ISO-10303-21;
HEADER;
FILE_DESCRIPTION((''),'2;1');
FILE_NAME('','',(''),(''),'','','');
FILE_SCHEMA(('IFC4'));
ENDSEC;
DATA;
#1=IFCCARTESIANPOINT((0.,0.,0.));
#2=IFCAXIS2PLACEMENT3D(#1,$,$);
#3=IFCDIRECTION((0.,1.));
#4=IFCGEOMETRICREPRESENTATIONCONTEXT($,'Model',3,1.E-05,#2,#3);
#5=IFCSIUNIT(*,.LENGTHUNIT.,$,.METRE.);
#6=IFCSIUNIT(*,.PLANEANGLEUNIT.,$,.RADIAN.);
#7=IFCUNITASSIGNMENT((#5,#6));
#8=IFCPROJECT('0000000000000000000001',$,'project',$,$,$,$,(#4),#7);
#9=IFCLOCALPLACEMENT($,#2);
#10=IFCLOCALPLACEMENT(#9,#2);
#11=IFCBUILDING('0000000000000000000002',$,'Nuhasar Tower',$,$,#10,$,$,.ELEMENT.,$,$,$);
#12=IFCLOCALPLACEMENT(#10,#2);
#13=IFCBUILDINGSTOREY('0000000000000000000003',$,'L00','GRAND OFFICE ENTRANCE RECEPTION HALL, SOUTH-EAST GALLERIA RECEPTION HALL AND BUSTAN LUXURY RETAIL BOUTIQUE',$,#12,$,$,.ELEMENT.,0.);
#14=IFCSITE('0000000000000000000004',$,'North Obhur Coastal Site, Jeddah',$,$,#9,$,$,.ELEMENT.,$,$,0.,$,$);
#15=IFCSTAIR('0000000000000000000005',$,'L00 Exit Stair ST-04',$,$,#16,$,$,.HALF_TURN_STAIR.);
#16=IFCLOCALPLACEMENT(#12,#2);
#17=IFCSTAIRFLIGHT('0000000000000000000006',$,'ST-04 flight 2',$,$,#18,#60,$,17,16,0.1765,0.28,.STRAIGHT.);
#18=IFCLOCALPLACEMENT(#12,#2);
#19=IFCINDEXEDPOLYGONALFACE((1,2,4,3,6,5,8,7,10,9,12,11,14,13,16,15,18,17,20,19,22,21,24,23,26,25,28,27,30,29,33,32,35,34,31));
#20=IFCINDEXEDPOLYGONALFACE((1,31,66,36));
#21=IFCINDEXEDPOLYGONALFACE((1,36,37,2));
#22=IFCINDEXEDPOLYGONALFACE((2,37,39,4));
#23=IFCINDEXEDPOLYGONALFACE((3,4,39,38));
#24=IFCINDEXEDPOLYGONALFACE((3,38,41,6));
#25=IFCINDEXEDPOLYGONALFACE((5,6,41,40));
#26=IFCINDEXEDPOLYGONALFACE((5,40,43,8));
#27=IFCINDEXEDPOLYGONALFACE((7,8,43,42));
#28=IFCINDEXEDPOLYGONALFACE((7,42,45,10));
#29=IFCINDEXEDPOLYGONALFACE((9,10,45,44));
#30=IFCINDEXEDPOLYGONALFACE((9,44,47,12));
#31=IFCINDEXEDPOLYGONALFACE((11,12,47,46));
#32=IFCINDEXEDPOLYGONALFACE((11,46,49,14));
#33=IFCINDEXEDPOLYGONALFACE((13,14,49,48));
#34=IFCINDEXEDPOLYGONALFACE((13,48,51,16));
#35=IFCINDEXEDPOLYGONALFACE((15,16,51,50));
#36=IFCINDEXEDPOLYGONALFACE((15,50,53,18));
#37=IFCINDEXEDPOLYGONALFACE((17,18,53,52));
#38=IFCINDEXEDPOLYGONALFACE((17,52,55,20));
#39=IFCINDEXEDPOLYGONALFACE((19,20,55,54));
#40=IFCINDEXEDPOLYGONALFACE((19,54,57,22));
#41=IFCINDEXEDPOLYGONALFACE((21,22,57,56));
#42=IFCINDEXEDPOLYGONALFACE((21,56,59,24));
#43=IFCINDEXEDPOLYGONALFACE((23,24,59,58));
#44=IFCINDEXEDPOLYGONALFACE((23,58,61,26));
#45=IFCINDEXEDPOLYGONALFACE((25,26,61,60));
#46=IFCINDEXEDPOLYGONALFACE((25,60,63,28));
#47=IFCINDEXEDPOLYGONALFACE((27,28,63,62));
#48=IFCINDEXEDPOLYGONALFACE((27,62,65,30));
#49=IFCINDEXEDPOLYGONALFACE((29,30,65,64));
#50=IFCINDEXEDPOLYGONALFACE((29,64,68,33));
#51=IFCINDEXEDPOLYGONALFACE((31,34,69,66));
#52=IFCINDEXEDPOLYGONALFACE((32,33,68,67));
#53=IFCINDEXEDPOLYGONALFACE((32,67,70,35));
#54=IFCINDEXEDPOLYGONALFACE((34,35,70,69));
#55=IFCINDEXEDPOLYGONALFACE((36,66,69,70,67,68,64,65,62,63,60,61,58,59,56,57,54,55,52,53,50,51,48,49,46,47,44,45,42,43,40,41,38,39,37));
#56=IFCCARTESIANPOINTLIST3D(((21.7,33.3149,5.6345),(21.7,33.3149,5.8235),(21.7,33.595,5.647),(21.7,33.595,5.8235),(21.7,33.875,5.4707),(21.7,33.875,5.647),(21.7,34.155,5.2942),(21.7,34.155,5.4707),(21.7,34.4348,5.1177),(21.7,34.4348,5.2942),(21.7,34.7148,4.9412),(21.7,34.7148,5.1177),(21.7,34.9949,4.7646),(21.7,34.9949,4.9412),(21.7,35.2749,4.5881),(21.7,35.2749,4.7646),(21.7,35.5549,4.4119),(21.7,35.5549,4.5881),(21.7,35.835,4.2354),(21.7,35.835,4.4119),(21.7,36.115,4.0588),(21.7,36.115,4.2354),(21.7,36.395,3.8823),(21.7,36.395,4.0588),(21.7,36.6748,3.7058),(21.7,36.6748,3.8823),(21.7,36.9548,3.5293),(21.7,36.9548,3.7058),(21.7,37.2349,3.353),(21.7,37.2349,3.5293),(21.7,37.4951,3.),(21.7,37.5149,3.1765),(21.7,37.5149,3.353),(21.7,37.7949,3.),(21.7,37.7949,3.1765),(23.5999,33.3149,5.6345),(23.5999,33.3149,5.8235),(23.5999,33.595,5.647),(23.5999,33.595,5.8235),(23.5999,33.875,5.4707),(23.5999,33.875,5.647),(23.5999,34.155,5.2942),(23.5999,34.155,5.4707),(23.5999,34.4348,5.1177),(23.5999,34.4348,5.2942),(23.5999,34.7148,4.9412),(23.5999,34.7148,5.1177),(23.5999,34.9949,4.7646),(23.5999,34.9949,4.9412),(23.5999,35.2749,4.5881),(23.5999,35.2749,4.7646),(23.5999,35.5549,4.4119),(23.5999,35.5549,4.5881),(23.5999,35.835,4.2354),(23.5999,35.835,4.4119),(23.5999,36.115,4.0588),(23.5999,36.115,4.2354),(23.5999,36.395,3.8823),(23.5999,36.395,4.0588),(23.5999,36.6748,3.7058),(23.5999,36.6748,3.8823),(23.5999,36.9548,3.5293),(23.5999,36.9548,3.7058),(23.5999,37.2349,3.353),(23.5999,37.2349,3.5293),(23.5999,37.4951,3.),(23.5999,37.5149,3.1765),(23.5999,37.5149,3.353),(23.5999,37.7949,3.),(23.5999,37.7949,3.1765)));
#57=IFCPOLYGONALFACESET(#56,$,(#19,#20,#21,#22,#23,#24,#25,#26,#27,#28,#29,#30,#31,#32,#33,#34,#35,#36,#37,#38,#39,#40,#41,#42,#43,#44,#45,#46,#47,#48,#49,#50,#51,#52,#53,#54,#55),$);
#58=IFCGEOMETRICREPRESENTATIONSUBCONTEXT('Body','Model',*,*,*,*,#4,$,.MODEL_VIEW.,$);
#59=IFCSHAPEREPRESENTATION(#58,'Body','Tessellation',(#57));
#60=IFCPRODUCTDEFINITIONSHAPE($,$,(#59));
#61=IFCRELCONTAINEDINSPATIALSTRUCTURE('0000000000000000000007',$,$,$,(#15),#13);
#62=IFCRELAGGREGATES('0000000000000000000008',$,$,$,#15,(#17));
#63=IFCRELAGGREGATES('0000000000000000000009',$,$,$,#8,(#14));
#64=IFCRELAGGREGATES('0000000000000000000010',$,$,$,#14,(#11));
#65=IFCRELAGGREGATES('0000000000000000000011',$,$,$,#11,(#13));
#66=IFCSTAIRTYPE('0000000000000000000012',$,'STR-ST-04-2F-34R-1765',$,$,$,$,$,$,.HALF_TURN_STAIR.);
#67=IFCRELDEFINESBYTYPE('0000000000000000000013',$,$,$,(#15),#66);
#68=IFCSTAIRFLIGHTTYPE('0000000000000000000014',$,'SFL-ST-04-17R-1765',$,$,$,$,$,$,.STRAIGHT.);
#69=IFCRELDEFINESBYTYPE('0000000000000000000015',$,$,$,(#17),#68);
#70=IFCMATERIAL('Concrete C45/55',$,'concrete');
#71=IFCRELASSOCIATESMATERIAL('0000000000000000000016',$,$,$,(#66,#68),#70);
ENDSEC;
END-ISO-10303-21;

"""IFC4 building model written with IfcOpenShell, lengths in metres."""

from ifc_helpers import new_model, si_unit, direction, frame, origin, place, context, subcontext, project, spatial, polyline, outline, extrude, material, type_object, element, aggregate, save


model = new_model("IFC4")

# Units and contexts
model_context = context("Model", 3, precision=1e-05, world=origin(), true_north=direction((0.0, 1.0)))
body_context = subcontext(model_context, "Body", "Model", "MODEL_VIEW")
ifc_project = project(units=[si_unit("LENGTHUNIT", "METRE"), si_unit("PLANEANGLEUNIT", "RADIAN")], contexts=[model_context])

# Site, building, storey
site_placement = place(None, origin())
site = spatial("IfcSite", under=ifc_project, at=site_placement, Name="North Obhur Coastal Site, Jeddah", CompositionType="ELEMENT", RefElevation=0.0)
building_placement = place(site_placement, origin())
building = spatial("IfcBuilding", under=site, at=building_placement, Name="Nuhasar Tower", CompositionType="ELEMENT")
storey_placement = place(building_placement, origin())
storey = spatial("IfcBuildingStorey", under=building, at=storey_placement, Name="L00", Description="GRAND OFFICE ENTRANCE RECEPTION HALL, SOUTH-EAST GALLERIA RECEPTION HALL AND BUSTAN LUXURY RETAIL BOUTIQUE", CompositionType="ELEMENT", Elevation=0.0)

# Shared definitions
ifc_material_1 = material(Name="Concrete C45/55", Category="concrete")

# Stair, stair flight
stair_type = type_object("IfcStairType", Name="STR-ST-04-2F-34R-1765", PredefinedType="HALF_TURN_STAIR", material=ifc_material_1)
stair_placement = place(storey_placement, origin())
stair = element("IfcStair", 1, at=stair_placement, inside=storey, type_object=stair_type, Name="L00 Exit Stair ST-04", PredefinedType="HALF_TURN_STAIR")
stair_flight_type = type_object("IfcStairFlightType", Name="SFL-ST-04-17R-1765", PredefinedType="STRAIGHT", material=ifc_material_1)
stair_flight_placement = place(storey_placement, frame((22.6499, 37.7949, 3.0), z_axis=(0.0, 0.0, 1.0), x_axis=(0.0, -1.0, 0.0)))
stair_flight = element("IfcStairFlight", 2, at=stair_flight_placement, type_object=stair_flight_type, Name="ST-04 flight 2", NumberOfRisers=17, NumberOfTreads=16, PredefinedType="STRAIGHT", RiserHeight=0.1765, TreadLength=0.28, context=body_context, shape_type="SweptSolid", body=[
    extrude(outline(polyline([(0.0, 0.0), (0.0, 0.1765), (0.28, 0.1765), (0.28, 0.353), (0.5601, 0.353), (0.5601, 0.5293), (0.8401, 0.5293), (0.8401, 0.7058), (1.1201, 0.7058), (1.1201, 0.8823), (1.3999, 0.8823), (1.3999, 1.0588), (1.6799, 1.0588), (1.6799, 1.2354), (1.96, 1.2354), (1.96, 1.4119), (2.24, 1.4119), (2.24, 1.5881), (2.52, 1.5881), (2.52, 1.7646), (2.8, 1.7646), (2.8, 1.9412), (3.0801, 1.9412), (3.0801, 2.1177), (3.3601, 2.1177), (3.3601, 2.2942), (3.6399, 2.2942), (3.6399, 2.4707), (3.9199, 2.4707), (3.9199, 2.647), (4.2, 2.647), (4.2, 2.8235), (4.48, 2.8235), (4.48, 3.0), (4.48, 2.6345), (0.2998, 0.0), (0.0, 0.0)])), frame((0.0, 0.95, 0.0), z_axis=(0.0, -1.0, 0.0), x_axis=(1.0, 0.0, 0.0)), (0.0, 0.0, 1.0), 1.8999),
])
aggregate(stair, [stair_flight])

save(model, "model.ifc")
